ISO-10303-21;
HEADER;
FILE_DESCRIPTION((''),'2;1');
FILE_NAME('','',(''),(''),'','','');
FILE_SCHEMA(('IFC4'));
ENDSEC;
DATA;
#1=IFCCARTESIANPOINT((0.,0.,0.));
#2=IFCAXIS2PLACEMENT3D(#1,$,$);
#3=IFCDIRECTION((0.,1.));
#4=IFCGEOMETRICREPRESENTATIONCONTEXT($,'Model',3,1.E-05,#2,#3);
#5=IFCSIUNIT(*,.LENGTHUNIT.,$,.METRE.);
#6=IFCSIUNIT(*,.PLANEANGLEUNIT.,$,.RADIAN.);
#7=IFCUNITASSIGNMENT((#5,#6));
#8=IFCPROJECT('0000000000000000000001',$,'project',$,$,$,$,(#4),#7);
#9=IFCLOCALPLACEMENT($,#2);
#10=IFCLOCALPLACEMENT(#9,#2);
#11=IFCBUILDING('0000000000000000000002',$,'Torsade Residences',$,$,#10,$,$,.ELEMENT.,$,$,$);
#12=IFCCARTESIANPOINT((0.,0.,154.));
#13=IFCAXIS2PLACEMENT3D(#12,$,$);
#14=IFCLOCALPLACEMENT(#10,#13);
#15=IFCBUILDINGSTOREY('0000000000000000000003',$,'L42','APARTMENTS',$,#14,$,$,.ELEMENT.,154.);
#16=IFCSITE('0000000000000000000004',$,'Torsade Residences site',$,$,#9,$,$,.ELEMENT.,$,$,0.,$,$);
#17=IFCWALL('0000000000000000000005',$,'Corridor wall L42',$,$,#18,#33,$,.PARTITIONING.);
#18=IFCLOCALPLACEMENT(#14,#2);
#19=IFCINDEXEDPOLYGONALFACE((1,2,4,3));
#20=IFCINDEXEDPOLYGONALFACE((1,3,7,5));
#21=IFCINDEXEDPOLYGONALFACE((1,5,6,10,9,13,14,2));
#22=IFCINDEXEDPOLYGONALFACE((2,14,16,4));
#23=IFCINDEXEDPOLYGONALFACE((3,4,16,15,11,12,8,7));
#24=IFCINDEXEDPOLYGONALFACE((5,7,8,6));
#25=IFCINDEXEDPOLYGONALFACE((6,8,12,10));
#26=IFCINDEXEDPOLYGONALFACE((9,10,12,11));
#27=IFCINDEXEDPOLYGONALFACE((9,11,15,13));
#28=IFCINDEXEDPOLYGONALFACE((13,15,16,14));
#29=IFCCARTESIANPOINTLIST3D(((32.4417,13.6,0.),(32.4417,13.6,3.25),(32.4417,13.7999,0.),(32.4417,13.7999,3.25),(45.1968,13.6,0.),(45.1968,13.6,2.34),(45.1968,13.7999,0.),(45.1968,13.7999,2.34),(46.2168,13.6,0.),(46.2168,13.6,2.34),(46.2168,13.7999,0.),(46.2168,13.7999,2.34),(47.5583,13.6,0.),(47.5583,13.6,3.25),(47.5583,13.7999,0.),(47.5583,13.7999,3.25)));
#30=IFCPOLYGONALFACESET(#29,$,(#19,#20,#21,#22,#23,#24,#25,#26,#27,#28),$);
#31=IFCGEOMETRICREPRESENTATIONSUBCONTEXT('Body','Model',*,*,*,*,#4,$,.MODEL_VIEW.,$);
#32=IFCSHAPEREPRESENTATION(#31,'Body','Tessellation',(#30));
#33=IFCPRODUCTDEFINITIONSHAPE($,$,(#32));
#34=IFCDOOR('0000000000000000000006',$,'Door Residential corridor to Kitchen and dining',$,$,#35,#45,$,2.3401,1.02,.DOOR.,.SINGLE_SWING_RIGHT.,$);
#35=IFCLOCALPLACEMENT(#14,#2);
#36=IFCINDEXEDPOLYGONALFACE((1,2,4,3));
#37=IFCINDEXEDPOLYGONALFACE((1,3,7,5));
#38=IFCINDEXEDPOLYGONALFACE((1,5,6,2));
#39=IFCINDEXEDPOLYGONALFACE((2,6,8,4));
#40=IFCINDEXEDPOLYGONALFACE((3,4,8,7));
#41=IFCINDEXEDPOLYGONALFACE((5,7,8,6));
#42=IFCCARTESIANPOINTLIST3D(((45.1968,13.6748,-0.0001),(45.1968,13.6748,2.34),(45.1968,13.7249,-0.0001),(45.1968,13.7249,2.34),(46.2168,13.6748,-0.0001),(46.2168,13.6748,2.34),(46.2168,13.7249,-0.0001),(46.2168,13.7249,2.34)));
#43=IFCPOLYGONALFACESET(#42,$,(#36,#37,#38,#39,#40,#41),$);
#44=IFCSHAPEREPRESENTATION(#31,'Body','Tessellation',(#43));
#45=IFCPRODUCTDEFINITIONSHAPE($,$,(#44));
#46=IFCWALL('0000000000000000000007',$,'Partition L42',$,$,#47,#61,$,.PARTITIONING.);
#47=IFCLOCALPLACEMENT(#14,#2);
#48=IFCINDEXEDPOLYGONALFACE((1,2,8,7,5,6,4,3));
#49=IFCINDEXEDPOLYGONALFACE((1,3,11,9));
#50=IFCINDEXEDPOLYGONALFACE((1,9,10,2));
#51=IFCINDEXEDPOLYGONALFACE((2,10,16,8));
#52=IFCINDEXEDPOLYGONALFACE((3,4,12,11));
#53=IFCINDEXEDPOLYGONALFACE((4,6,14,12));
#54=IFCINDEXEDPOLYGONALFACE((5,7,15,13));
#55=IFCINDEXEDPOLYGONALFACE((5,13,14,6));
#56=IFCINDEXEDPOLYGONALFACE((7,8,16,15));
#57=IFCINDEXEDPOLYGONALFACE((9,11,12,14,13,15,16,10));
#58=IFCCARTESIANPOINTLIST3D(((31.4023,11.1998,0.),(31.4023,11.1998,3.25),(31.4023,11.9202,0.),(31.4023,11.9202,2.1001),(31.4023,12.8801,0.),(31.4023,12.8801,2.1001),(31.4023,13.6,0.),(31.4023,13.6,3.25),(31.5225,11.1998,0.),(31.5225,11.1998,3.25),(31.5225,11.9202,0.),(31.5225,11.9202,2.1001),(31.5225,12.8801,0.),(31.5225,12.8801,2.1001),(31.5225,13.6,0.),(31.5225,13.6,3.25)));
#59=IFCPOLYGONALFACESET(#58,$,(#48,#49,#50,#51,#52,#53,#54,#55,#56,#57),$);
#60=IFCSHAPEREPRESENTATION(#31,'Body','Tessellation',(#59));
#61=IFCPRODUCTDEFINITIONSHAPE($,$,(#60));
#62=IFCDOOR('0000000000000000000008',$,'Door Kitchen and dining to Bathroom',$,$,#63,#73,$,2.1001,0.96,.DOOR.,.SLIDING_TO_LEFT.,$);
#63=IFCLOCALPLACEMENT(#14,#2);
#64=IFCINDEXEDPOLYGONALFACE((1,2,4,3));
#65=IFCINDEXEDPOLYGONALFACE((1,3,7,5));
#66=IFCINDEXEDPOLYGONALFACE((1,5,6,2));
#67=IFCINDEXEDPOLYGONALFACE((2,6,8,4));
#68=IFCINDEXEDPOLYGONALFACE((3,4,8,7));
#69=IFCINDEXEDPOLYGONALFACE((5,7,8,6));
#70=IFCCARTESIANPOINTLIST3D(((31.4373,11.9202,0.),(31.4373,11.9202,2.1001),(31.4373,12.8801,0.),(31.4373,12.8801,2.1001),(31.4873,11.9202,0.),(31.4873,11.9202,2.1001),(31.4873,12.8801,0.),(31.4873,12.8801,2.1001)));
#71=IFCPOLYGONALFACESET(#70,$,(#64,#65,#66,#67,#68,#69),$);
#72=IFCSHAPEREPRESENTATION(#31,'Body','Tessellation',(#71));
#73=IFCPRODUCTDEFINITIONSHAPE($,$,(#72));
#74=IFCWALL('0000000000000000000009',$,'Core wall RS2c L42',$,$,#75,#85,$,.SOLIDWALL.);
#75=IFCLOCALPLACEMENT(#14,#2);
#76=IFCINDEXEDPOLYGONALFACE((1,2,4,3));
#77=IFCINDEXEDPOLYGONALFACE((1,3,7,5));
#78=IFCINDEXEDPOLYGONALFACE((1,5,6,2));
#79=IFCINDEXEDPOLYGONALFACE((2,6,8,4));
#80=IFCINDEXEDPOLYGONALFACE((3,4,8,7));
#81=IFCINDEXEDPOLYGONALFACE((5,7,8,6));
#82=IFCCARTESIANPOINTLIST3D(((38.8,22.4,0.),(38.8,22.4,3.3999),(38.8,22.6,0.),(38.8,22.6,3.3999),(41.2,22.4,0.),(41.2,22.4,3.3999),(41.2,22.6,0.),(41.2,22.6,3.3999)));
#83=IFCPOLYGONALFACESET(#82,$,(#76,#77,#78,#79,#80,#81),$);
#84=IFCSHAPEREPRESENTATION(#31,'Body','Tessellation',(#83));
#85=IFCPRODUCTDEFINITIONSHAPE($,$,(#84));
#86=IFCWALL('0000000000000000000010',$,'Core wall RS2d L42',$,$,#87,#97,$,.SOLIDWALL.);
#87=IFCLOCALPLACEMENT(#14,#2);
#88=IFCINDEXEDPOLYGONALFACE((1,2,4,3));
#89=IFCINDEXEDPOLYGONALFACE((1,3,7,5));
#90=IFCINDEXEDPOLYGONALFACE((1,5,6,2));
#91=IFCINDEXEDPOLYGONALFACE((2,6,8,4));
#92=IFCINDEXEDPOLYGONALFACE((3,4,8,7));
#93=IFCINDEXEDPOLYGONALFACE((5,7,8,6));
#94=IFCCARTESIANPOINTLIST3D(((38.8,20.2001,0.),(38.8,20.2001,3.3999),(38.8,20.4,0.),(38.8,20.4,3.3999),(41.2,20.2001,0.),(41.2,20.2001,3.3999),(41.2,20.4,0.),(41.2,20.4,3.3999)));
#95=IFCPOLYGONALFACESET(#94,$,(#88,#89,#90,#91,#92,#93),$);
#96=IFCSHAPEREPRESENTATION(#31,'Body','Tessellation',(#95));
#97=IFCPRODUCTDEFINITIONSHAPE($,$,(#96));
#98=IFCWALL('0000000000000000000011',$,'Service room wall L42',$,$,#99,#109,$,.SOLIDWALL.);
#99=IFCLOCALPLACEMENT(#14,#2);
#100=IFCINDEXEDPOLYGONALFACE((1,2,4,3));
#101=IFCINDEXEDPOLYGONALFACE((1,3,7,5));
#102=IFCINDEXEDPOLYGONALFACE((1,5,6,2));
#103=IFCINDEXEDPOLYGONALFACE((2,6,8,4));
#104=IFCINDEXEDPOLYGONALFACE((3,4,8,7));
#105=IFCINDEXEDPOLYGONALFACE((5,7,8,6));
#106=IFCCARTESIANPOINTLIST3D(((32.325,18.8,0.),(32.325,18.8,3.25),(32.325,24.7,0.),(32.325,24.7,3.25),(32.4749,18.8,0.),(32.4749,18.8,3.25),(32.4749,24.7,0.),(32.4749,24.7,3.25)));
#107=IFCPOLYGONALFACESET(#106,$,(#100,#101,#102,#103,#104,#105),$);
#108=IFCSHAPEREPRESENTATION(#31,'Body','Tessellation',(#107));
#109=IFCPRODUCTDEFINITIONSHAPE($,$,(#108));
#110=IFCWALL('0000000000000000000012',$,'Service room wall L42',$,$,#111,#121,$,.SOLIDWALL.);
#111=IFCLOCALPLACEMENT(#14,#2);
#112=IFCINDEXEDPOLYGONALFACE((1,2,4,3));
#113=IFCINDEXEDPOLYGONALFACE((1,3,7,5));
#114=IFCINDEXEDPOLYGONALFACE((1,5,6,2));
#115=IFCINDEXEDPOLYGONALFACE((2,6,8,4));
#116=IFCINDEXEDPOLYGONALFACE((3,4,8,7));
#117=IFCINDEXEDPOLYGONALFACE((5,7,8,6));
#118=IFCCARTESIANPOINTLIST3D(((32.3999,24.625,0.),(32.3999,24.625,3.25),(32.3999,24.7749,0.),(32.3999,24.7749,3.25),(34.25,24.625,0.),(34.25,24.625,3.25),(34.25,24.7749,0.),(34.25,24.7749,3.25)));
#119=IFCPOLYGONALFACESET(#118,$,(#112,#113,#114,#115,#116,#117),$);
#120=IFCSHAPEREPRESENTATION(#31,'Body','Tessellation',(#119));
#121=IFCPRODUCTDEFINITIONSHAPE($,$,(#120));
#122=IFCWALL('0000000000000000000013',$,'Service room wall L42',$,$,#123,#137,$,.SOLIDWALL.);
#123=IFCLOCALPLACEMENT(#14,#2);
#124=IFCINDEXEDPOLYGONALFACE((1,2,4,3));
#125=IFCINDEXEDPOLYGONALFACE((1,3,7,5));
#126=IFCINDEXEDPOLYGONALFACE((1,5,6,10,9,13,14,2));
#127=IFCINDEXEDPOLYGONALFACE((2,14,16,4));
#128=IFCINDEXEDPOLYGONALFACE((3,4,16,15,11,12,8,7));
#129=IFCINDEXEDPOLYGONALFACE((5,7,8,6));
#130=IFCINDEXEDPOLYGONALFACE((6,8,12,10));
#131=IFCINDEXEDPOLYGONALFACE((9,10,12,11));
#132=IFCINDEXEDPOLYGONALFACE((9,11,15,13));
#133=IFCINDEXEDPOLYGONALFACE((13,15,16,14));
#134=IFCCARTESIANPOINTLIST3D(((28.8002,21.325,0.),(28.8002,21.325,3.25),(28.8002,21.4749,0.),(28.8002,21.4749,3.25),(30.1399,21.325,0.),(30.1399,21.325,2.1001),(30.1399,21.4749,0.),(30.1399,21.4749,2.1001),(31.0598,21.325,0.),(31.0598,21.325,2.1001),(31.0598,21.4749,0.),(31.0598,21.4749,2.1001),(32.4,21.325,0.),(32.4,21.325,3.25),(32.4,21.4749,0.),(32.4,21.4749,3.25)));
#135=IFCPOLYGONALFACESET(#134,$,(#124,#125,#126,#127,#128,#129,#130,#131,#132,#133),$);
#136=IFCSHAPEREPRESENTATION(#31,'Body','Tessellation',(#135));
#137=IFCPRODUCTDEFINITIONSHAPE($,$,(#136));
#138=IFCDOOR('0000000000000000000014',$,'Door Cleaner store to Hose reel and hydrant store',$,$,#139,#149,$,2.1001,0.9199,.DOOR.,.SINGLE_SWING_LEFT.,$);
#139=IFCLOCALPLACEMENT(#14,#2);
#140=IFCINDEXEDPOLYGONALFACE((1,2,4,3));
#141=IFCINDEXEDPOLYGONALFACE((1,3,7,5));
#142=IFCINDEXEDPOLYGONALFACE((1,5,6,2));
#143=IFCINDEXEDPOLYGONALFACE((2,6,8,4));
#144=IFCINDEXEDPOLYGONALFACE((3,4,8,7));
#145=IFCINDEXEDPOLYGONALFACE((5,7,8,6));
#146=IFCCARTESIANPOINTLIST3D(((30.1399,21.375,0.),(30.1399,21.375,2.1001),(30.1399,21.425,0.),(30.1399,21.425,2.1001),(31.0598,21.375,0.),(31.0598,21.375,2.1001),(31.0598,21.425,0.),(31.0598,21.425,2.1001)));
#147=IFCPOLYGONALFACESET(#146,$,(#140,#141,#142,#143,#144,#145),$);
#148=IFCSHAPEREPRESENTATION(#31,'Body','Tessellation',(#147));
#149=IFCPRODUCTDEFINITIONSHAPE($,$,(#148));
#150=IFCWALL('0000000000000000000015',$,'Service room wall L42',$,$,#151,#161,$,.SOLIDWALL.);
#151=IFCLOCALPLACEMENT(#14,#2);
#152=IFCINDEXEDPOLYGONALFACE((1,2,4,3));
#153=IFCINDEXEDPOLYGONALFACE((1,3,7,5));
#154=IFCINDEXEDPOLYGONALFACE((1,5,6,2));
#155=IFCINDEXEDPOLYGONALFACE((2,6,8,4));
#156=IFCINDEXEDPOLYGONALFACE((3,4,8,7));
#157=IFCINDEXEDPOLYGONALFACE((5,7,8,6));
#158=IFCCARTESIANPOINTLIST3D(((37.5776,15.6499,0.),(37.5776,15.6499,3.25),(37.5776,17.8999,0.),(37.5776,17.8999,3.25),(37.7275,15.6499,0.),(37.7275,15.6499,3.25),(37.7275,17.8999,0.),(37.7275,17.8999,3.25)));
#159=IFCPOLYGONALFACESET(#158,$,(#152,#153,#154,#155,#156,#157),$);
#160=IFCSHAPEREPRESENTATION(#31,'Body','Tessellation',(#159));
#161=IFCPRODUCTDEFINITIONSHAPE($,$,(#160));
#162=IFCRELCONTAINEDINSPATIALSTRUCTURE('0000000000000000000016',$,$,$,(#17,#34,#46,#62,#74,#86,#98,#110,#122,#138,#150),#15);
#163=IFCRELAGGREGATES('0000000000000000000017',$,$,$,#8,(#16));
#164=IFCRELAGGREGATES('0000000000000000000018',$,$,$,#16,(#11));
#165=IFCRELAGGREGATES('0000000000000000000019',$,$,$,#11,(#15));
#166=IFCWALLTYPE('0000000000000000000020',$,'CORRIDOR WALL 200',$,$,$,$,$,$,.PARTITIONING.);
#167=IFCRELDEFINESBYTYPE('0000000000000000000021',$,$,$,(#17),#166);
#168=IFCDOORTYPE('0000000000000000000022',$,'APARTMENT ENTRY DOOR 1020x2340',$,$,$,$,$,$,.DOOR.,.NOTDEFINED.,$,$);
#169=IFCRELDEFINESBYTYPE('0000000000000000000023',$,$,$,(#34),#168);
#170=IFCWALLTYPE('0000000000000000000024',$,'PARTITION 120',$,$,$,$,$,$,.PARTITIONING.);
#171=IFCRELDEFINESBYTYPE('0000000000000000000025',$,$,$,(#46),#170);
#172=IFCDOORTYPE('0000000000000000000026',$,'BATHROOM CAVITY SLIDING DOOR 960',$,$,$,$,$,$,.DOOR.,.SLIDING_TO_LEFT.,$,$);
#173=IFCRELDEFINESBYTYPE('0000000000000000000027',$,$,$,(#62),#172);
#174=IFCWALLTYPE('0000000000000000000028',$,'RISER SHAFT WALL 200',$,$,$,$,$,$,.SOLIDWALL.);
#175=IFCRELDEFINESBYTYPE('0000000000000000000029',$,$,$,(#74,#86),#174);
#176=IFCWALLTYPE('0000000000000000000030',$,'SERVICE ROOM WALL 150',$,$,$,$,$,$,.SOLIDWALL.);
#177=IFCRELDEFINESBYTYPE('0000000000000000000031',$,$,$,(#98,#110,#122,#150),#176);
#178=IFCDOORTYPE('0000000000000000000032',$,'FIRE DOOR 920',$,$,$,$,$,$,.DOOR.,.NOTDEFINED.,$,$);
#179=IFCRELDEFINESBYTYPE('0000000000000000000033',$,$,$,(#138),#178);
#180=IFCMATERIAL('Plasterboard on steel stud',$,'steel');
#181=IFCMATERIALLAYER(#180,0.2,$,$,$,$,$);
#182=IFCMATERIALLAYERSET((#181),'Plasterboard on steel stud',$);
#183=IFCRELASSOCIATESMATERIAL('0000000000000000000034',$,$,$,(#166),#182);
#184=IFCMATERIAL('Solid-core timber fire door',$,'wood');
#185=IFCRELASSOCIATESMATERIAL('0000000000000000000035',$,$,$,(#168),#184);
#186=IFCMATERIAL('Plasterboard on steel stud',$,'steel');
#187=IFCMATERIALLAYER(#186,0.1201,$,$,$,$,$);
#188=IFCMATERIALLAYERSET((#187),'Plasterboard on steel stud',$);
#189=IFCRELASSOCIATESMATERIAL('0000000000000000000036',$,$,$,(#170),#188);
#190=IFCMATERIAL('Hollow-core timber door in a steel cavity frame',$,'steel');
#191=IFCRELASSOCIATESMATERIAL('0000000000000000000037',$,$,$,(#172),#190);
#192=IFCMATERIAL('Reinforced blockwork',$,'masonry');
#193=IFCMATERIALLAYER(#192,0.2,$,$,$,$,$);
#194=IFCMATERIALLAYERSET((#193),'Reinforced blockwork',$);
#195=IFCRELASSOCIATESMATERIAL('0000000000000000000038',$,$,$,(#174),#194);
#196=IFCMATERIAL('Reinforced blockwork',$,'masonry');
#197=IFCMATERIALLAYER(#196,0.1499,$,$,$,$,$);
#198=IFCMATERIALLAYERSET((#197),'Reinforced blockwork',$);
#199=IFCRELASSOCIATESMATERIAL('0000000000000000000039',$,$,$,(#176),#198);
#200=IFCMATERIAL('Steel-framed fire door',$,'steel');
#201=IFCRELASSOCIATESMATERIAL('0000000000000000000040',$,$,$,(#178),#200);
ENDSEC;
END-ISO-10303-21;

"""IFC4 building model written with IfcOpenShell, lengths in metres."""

from ifc_helpers import new_model, si_unit, direction, frame, frame_2d, origin, place, context, subcontext, project, spatial, rectangle, extrude, material, layer, layer_set, type_object, element, fill, save


model = new_model("IFC4")

# Units and contexts
model_context = context("Model", 3, precision=1e-05, world=origin(), true_north=direction((0.0, 1.0)))
body_context = subcontext(model_context, "Body", "Model", "MODEL_VIEW")
ifc_project = project(units=[si_unit("LENGTHUNIT", "METRE"), si_unit("PLANEANGLEUNIT", "RADIAN")], contexts=[model_context])

# Site, building, storey
site_placement = place(None, origin())
site = spatial("IfcSite", under=ifc_project, at=site_placement, Name="Torsade Residences site", CompositionType="ELEMENT", RefElevation=0.0)
building_placement = place(site_placement, origin())
building = spatial("IfcBuilding", under=site, at=building_placement, Name="Torsade Residences", CompositionType="ELEMENT")
storey_placement = place(building_placement, frame((0.0, 0.0, 154.0)))
storey = spatial("IfcBuildingStorey", under=building, at=storey_placement, Name="L42", Description="APARTMENTS", CompositionType="ELEMENT", Elevation=154.0)

# Shared definitions
ifc_material_1 = material(Name="Plasterboard on steel stud", Category="steel")
ifc_layer_1 = layer(ifc_material_1, 0.2)
ifc_layer_set_1 = layer_set([ifc_layer_1], Name="Plasterboard on steel stud")
wall_type_1 = type_object("IfcWallType", Name="CORRIDOR WALL 200", PredefinedType="PARTITIONING", material=ifc_layer_set_1)

# Walls, openings, doors
wall_1_placement = place(storey_placement, frame((32.4417, 13.7, 0.0), z_axis=(0.0, 0.0, 1.0), x_axis=(1.0, 0.0, 0.0)))
wall_1 = element("IfcWall", 1, at=wall_1_placement, inside=storey, type_object=wall_type_1, Name="Corridor wall L42", PredefinedType="PARTITIONING", context=body_context, shape_type="SweptSolid", body=[
    extrude(rectangle(XDim=15.1167, YDim=0.2, at=frame_2d((7.5583, 0.0))), origin(), (0.0, 0.0, 1.0), 3.25),
])
opening_1_placement = place(wall_1_placement, frame((12.7551, 0.0, 0.0)))
opening_1 = element("IfcOpeningElement", 2, at=opening_1_placement, cuts=wall_1, PredefinedType="OPENING", context=body_context, shape_type="SweptSolid", body=[
    extrude(rectangle(XDim=1.02, YDim=2.3401, at=frame_2d((0.51, 1.1699))), frame((0.0, 0.1099, 0.0), z_axis=(0.0, -1.0, 0.0), x_axis=(1.0, 0.0, 0.0)), (0.0, 0.0, 1.0), 0.22),
])
ifc_material_2 = material(Name="Solid-core timber fire door", Category="wood")
door_type_1 = type_object("IfcDoorType", Name="APARTMENT ENTRY DOOR 1020x2340", OperationType="NOTDEFINED", PredefinedType="DOOR", material=ifc_material_2)
door_1_placement = place(opening_1_placement, origin())
door_1 = element("IfcDoor", 3, at=door_1_placement, inside=storey, type_object=door_type_1, Name="Door Residential corridor to Kitchen and dining", OperationType="SINGLE_SWING_RIGHT", OverallHeight=2.3401, OverallWidth=1.02, PredefinedType="DOOR", context=body_context, shape_type="SweptSolid", body=[
    extrude(rectangle(XDim=1.02, YDim=2.3401, at=frame_2d((0.51, 1.1699))), frame((0.0, 0.0249, 0.0), z_axis=(0.0, -1.0, 0.0), x_axis=(1.0, 0.0, 0.0)), (0.0, 0.0, 1.0), 0.05),
])
fill(opening_1, door_1)
ifc_material_3 = material(Name="Plasterboard on steel stud", Category="steel")
ifc_layer_2 = layer(ifc_material_3, 0.1201)
ifc_layer_set_2 = layer_set([ifc_layer_2], Name="Plasterboard on steel stud")
wall_type_2 = type_object("IfcWallType", Name="PARTITION 120", PredefinedType="PARTITIONING", material=ifc_layer_set_2)
wall_2_placement = place(storey_placement, frame((31.4624, 13.6001, 0.0), z_axis=(0.0, 0.0, 1.0), x_axis=(0.0, -1.0, 0.0)))
wall_2 = element("IfcWall", 4, at=wall_2_placement, inside=storey, type_object=wall_type_2, Name="Partition L42", PredefinedType="PARTITIONING", context=body_context, shape_type="SweptSolid", body=[
    extrude(rectangle(XDim=2.4001, YDim=0.1201, at=frame_2d((1.2002, 0.0))), origin(), (0.0, 0.0, 1.0), 3.25),
])
opening_2_placement = place(wall_2_placement, frame((0.72, 0.0, 0.0)))
opening_2 = element("IfcOpeningElement", 5, at=opening_2_placement, cuts=wall_2, PredefinedType="OPENING", context=body_context, shape_type="SweptSolid", body=[
    extrude(rectangle(XDim=0.96, YDim=2.1001, at=frame_2d((0.48, 1.05))), frame((0.0, 0.0701, 0.0), z_axis=(0.0, -1.0, 0.0), x_axis=(1.0, 0.0, 0.0)), (0.0, 0.0, 1.0), 0.1401),
])
ifc_material_4 = material(Name="Hollow-core timber door in a steel cavity frame", Category="steel")
door_type_2 = type_object("IfcDoorType", Name="BATHROOM CAVITY SLIDING DOOR 960", OperationType="SLIDING_TO_LEFT", PredefinedType="DOOR", material=ifc_material_4)
door_2_placement = place(opening_2_placement, origin())
door_2 = element("IfcDoor", 6, at=door_2_placement, inside=storey, type_object=door_type_2, Name="Door Kitchen and dining to Bathroom", OperationType="SLIDING_TO_LEFT", OverallHeight=2.1001, OverallWidth=0.96, PredefinedType="DOOR", context=body_context, shape_type="SweptSolid", body=[
    extrude(rectangle(XDim=0.96, YDim=2.1001, at=frame_2d((0.48, 1.05))), frame((0.0, 0.0249, 0.0), z_axis=(0.0, -1.0, 0.0), x_axis=(1.0, 0.0, 0.0)), (0.0, 0.0, 1.0), 0.05),
])
fill(opening_2, door_2)

# Walls
ifc_material_5 = material(Name="Reinforced blockwork", Category="masonry")
ifc_layer_3 = layer(ifc_material_5, 0.2)
ifc_layer_set_3 = layer_set([ifc_layer_3], Name="Reinforced blockwork")
wall_type_3 = type_object("IfcWallType", Name="RISER SHAFT WALL 200", PredefinedType="SOLIDWALL", material=ifc_layer_set_3)
for number, where, z_axis, x_axis, name in (
    (7, (38.8, 22.5, 0.0), (0.0, 0.0, 1.0), (1.0, 0.0, 0.0), "Core wall RS2c L42"),
    (8, (38.8, 20.3, 0.0), (0.0, 0.0, 1.0), (1.0, 0.0, 0.0), "Core wall RS2d L42"),
):
    element("IfcWall", number, at=place(storey_placement, frame(where, z_axis=z_axis, x_axis=x_axis)), inside=storey, type_object=wall_type_3, Name=name, PredefinedType="SOLIDWALL", context=body_context, shape_type="SweptSolid", body=[
        extrude(rectangle(XDim=2.3999, YDim=0.2, at=frame_2d((1.2, 0.0))), origin(), (0.0, 0.0, 1.0), 3.3999),
    ])
ifc_material_6 = material(Name="Reinforced blockwork", Category="masonry")
ifc_layer_4 = layer(ifc_material_6, 0.1499)
ifc_layer_set_4 = layer_set([ifc_layer_4], Name="Reinforced blockwork")
wall_type_4 = type_object("IfcWallType", Name="SERVICE ROOM WALL 150", PredefinedType="SOLIDWALL", material=ifc_layer_set_4)
wall_3_placement = place(storey_placement, frame((32.3999, 18.8, 0.0), z_axis=(0.0, 0.0, 1.0), x_axis=(0.0, 1.0, 0.0)))
element("IfcWall", 9, at=wall_3_placement, inside=storey, type_object=wall_type_4, Name="Service room wall L42", PredefinedType="SOLIDWALL", context=body_context, shape_type="SweptSolid", body=[
    extrude(rectangle(XDim=5.8999, YDim=0.1499, at=frame_2d((2.95, 0.0))), origin(), (0.0, 0.0, 1.0), 3.25),
])
wall_4_placement = place(storey_placement, frame((32.3999, 24.7, 0.0), z_axis=(0.0, 0.0, 1.0), x_axis=(1.0, 0.0, 0.0)))
element("IfcWall", 10, at=wall_4_placement, inside=storey, type_object=wall_type_4, Name="Service room wall L42", PredefinedType="SOLIDWALL", context=body_context, shape_type="SweptSolid", body=[
    extrude(rectangle(XDim=1.8501, YDim=0.1499, at=frame_2d((0.925, 0.0))), origin(), (0.0, 0.0, 1.0), 3.25),
])

# Wall, opening, door
wall_5_placement = place(storey_placement, frame((32.3999, 21.3999, 0.0), z_axis=(0.0, 0.0, 1.0), x_axis=(-1.0, 0.0, 0.0)))
wall_5 = element("IfcWall", 11, at=wall_5_placement, inside=storey, type_object=wall_type_4, Name="Service room wall L42", PredefinedType="SOLIDWALL", context=body_context, shape_type="SweptSolid", body=[
    extrude(rectangle(XDim=3.5999, YDim=0.1499, at=frame_2d((1.7998, 0.0))), origin(), (0.0, 0.0, 1.0), 3.25),
])
opening_3_placement = place(wall_5_placement, frame((1.3401, 0.0, 0.0)))
opening_3 = element("IfcOpeningElement", 12, at=opening_3_placement, cuts=wall_5, PredefinedType="OPENING", context=body_context, shape_type="SweptSolid", body=[
    extrude(rectangle(XDim=0.9199, YDim=2.1001, at=frame_2d((0.46, 1.05))), frame((0.0, 0.085, 0.0), z_axis=(0.0, -1.0, 0.0), x_axis=(1.0, 0.0, 0.0)), (0.0, 0.0, 1.0), 0.1699),
])
ifc_material_7 = material(Name="Steel-framed fire door", Category="steel")
door_type_3 = type_object("IfcDoorType", Name="FIRE DOOR 920", OperationType="NOTDEFINED", PredefinedType="DOOR", material=ifc_material_7)
door_3_placement = place(opening_3_placement, origin())
door_3 = element("IfcDoor", 13, at=door_3_placement, inside=storey, type_object=door_type_3, Name="Door Cleaner store to Hose reel and hydrant store", OperationType="SINGLE_SWING_LEFT", OverallHeight=2.1001, OverallWidth=0.9199, PredefinedType="DOOR", context=body_context, shape_type="SweptSolid", body=[
    extrude(rectangle(XDim=0.9199, YDim=2.1001, at=frame_2d((0.46, 1.05))), frame((0.0, 0.0249, 0.0), z_axis=(0.0, -1.0, 0.0), x_axis=(1.0, 0.0, 0.0)), (0.0, 0.0, 1.0), 0.05),
])
fill(opening_3, door_3)

# Wall
wall_6_placement = place(storey_placement, frame((37.6526, 15.6499, 0.0), z_axis=(0.0, 0.0, 1.0), x_axis=(0.0, 1.0, 0.0)))
element("IfcWall", 14, at=wall_6_placement, inside=storey, type_object=wall_type_4, Name="Service room wall L42", PredefinedType="SOLIDWALL", context=body_context, shape_type="SweptSolid", body=[
    extrude(rectangle(XDim=2.25, YDim=0.1499, at=frame_2d((1.125, 0.0))), origin(), (0.0, 0.0, 1.0), 3.25),
])

save(model, "model.ifc")
